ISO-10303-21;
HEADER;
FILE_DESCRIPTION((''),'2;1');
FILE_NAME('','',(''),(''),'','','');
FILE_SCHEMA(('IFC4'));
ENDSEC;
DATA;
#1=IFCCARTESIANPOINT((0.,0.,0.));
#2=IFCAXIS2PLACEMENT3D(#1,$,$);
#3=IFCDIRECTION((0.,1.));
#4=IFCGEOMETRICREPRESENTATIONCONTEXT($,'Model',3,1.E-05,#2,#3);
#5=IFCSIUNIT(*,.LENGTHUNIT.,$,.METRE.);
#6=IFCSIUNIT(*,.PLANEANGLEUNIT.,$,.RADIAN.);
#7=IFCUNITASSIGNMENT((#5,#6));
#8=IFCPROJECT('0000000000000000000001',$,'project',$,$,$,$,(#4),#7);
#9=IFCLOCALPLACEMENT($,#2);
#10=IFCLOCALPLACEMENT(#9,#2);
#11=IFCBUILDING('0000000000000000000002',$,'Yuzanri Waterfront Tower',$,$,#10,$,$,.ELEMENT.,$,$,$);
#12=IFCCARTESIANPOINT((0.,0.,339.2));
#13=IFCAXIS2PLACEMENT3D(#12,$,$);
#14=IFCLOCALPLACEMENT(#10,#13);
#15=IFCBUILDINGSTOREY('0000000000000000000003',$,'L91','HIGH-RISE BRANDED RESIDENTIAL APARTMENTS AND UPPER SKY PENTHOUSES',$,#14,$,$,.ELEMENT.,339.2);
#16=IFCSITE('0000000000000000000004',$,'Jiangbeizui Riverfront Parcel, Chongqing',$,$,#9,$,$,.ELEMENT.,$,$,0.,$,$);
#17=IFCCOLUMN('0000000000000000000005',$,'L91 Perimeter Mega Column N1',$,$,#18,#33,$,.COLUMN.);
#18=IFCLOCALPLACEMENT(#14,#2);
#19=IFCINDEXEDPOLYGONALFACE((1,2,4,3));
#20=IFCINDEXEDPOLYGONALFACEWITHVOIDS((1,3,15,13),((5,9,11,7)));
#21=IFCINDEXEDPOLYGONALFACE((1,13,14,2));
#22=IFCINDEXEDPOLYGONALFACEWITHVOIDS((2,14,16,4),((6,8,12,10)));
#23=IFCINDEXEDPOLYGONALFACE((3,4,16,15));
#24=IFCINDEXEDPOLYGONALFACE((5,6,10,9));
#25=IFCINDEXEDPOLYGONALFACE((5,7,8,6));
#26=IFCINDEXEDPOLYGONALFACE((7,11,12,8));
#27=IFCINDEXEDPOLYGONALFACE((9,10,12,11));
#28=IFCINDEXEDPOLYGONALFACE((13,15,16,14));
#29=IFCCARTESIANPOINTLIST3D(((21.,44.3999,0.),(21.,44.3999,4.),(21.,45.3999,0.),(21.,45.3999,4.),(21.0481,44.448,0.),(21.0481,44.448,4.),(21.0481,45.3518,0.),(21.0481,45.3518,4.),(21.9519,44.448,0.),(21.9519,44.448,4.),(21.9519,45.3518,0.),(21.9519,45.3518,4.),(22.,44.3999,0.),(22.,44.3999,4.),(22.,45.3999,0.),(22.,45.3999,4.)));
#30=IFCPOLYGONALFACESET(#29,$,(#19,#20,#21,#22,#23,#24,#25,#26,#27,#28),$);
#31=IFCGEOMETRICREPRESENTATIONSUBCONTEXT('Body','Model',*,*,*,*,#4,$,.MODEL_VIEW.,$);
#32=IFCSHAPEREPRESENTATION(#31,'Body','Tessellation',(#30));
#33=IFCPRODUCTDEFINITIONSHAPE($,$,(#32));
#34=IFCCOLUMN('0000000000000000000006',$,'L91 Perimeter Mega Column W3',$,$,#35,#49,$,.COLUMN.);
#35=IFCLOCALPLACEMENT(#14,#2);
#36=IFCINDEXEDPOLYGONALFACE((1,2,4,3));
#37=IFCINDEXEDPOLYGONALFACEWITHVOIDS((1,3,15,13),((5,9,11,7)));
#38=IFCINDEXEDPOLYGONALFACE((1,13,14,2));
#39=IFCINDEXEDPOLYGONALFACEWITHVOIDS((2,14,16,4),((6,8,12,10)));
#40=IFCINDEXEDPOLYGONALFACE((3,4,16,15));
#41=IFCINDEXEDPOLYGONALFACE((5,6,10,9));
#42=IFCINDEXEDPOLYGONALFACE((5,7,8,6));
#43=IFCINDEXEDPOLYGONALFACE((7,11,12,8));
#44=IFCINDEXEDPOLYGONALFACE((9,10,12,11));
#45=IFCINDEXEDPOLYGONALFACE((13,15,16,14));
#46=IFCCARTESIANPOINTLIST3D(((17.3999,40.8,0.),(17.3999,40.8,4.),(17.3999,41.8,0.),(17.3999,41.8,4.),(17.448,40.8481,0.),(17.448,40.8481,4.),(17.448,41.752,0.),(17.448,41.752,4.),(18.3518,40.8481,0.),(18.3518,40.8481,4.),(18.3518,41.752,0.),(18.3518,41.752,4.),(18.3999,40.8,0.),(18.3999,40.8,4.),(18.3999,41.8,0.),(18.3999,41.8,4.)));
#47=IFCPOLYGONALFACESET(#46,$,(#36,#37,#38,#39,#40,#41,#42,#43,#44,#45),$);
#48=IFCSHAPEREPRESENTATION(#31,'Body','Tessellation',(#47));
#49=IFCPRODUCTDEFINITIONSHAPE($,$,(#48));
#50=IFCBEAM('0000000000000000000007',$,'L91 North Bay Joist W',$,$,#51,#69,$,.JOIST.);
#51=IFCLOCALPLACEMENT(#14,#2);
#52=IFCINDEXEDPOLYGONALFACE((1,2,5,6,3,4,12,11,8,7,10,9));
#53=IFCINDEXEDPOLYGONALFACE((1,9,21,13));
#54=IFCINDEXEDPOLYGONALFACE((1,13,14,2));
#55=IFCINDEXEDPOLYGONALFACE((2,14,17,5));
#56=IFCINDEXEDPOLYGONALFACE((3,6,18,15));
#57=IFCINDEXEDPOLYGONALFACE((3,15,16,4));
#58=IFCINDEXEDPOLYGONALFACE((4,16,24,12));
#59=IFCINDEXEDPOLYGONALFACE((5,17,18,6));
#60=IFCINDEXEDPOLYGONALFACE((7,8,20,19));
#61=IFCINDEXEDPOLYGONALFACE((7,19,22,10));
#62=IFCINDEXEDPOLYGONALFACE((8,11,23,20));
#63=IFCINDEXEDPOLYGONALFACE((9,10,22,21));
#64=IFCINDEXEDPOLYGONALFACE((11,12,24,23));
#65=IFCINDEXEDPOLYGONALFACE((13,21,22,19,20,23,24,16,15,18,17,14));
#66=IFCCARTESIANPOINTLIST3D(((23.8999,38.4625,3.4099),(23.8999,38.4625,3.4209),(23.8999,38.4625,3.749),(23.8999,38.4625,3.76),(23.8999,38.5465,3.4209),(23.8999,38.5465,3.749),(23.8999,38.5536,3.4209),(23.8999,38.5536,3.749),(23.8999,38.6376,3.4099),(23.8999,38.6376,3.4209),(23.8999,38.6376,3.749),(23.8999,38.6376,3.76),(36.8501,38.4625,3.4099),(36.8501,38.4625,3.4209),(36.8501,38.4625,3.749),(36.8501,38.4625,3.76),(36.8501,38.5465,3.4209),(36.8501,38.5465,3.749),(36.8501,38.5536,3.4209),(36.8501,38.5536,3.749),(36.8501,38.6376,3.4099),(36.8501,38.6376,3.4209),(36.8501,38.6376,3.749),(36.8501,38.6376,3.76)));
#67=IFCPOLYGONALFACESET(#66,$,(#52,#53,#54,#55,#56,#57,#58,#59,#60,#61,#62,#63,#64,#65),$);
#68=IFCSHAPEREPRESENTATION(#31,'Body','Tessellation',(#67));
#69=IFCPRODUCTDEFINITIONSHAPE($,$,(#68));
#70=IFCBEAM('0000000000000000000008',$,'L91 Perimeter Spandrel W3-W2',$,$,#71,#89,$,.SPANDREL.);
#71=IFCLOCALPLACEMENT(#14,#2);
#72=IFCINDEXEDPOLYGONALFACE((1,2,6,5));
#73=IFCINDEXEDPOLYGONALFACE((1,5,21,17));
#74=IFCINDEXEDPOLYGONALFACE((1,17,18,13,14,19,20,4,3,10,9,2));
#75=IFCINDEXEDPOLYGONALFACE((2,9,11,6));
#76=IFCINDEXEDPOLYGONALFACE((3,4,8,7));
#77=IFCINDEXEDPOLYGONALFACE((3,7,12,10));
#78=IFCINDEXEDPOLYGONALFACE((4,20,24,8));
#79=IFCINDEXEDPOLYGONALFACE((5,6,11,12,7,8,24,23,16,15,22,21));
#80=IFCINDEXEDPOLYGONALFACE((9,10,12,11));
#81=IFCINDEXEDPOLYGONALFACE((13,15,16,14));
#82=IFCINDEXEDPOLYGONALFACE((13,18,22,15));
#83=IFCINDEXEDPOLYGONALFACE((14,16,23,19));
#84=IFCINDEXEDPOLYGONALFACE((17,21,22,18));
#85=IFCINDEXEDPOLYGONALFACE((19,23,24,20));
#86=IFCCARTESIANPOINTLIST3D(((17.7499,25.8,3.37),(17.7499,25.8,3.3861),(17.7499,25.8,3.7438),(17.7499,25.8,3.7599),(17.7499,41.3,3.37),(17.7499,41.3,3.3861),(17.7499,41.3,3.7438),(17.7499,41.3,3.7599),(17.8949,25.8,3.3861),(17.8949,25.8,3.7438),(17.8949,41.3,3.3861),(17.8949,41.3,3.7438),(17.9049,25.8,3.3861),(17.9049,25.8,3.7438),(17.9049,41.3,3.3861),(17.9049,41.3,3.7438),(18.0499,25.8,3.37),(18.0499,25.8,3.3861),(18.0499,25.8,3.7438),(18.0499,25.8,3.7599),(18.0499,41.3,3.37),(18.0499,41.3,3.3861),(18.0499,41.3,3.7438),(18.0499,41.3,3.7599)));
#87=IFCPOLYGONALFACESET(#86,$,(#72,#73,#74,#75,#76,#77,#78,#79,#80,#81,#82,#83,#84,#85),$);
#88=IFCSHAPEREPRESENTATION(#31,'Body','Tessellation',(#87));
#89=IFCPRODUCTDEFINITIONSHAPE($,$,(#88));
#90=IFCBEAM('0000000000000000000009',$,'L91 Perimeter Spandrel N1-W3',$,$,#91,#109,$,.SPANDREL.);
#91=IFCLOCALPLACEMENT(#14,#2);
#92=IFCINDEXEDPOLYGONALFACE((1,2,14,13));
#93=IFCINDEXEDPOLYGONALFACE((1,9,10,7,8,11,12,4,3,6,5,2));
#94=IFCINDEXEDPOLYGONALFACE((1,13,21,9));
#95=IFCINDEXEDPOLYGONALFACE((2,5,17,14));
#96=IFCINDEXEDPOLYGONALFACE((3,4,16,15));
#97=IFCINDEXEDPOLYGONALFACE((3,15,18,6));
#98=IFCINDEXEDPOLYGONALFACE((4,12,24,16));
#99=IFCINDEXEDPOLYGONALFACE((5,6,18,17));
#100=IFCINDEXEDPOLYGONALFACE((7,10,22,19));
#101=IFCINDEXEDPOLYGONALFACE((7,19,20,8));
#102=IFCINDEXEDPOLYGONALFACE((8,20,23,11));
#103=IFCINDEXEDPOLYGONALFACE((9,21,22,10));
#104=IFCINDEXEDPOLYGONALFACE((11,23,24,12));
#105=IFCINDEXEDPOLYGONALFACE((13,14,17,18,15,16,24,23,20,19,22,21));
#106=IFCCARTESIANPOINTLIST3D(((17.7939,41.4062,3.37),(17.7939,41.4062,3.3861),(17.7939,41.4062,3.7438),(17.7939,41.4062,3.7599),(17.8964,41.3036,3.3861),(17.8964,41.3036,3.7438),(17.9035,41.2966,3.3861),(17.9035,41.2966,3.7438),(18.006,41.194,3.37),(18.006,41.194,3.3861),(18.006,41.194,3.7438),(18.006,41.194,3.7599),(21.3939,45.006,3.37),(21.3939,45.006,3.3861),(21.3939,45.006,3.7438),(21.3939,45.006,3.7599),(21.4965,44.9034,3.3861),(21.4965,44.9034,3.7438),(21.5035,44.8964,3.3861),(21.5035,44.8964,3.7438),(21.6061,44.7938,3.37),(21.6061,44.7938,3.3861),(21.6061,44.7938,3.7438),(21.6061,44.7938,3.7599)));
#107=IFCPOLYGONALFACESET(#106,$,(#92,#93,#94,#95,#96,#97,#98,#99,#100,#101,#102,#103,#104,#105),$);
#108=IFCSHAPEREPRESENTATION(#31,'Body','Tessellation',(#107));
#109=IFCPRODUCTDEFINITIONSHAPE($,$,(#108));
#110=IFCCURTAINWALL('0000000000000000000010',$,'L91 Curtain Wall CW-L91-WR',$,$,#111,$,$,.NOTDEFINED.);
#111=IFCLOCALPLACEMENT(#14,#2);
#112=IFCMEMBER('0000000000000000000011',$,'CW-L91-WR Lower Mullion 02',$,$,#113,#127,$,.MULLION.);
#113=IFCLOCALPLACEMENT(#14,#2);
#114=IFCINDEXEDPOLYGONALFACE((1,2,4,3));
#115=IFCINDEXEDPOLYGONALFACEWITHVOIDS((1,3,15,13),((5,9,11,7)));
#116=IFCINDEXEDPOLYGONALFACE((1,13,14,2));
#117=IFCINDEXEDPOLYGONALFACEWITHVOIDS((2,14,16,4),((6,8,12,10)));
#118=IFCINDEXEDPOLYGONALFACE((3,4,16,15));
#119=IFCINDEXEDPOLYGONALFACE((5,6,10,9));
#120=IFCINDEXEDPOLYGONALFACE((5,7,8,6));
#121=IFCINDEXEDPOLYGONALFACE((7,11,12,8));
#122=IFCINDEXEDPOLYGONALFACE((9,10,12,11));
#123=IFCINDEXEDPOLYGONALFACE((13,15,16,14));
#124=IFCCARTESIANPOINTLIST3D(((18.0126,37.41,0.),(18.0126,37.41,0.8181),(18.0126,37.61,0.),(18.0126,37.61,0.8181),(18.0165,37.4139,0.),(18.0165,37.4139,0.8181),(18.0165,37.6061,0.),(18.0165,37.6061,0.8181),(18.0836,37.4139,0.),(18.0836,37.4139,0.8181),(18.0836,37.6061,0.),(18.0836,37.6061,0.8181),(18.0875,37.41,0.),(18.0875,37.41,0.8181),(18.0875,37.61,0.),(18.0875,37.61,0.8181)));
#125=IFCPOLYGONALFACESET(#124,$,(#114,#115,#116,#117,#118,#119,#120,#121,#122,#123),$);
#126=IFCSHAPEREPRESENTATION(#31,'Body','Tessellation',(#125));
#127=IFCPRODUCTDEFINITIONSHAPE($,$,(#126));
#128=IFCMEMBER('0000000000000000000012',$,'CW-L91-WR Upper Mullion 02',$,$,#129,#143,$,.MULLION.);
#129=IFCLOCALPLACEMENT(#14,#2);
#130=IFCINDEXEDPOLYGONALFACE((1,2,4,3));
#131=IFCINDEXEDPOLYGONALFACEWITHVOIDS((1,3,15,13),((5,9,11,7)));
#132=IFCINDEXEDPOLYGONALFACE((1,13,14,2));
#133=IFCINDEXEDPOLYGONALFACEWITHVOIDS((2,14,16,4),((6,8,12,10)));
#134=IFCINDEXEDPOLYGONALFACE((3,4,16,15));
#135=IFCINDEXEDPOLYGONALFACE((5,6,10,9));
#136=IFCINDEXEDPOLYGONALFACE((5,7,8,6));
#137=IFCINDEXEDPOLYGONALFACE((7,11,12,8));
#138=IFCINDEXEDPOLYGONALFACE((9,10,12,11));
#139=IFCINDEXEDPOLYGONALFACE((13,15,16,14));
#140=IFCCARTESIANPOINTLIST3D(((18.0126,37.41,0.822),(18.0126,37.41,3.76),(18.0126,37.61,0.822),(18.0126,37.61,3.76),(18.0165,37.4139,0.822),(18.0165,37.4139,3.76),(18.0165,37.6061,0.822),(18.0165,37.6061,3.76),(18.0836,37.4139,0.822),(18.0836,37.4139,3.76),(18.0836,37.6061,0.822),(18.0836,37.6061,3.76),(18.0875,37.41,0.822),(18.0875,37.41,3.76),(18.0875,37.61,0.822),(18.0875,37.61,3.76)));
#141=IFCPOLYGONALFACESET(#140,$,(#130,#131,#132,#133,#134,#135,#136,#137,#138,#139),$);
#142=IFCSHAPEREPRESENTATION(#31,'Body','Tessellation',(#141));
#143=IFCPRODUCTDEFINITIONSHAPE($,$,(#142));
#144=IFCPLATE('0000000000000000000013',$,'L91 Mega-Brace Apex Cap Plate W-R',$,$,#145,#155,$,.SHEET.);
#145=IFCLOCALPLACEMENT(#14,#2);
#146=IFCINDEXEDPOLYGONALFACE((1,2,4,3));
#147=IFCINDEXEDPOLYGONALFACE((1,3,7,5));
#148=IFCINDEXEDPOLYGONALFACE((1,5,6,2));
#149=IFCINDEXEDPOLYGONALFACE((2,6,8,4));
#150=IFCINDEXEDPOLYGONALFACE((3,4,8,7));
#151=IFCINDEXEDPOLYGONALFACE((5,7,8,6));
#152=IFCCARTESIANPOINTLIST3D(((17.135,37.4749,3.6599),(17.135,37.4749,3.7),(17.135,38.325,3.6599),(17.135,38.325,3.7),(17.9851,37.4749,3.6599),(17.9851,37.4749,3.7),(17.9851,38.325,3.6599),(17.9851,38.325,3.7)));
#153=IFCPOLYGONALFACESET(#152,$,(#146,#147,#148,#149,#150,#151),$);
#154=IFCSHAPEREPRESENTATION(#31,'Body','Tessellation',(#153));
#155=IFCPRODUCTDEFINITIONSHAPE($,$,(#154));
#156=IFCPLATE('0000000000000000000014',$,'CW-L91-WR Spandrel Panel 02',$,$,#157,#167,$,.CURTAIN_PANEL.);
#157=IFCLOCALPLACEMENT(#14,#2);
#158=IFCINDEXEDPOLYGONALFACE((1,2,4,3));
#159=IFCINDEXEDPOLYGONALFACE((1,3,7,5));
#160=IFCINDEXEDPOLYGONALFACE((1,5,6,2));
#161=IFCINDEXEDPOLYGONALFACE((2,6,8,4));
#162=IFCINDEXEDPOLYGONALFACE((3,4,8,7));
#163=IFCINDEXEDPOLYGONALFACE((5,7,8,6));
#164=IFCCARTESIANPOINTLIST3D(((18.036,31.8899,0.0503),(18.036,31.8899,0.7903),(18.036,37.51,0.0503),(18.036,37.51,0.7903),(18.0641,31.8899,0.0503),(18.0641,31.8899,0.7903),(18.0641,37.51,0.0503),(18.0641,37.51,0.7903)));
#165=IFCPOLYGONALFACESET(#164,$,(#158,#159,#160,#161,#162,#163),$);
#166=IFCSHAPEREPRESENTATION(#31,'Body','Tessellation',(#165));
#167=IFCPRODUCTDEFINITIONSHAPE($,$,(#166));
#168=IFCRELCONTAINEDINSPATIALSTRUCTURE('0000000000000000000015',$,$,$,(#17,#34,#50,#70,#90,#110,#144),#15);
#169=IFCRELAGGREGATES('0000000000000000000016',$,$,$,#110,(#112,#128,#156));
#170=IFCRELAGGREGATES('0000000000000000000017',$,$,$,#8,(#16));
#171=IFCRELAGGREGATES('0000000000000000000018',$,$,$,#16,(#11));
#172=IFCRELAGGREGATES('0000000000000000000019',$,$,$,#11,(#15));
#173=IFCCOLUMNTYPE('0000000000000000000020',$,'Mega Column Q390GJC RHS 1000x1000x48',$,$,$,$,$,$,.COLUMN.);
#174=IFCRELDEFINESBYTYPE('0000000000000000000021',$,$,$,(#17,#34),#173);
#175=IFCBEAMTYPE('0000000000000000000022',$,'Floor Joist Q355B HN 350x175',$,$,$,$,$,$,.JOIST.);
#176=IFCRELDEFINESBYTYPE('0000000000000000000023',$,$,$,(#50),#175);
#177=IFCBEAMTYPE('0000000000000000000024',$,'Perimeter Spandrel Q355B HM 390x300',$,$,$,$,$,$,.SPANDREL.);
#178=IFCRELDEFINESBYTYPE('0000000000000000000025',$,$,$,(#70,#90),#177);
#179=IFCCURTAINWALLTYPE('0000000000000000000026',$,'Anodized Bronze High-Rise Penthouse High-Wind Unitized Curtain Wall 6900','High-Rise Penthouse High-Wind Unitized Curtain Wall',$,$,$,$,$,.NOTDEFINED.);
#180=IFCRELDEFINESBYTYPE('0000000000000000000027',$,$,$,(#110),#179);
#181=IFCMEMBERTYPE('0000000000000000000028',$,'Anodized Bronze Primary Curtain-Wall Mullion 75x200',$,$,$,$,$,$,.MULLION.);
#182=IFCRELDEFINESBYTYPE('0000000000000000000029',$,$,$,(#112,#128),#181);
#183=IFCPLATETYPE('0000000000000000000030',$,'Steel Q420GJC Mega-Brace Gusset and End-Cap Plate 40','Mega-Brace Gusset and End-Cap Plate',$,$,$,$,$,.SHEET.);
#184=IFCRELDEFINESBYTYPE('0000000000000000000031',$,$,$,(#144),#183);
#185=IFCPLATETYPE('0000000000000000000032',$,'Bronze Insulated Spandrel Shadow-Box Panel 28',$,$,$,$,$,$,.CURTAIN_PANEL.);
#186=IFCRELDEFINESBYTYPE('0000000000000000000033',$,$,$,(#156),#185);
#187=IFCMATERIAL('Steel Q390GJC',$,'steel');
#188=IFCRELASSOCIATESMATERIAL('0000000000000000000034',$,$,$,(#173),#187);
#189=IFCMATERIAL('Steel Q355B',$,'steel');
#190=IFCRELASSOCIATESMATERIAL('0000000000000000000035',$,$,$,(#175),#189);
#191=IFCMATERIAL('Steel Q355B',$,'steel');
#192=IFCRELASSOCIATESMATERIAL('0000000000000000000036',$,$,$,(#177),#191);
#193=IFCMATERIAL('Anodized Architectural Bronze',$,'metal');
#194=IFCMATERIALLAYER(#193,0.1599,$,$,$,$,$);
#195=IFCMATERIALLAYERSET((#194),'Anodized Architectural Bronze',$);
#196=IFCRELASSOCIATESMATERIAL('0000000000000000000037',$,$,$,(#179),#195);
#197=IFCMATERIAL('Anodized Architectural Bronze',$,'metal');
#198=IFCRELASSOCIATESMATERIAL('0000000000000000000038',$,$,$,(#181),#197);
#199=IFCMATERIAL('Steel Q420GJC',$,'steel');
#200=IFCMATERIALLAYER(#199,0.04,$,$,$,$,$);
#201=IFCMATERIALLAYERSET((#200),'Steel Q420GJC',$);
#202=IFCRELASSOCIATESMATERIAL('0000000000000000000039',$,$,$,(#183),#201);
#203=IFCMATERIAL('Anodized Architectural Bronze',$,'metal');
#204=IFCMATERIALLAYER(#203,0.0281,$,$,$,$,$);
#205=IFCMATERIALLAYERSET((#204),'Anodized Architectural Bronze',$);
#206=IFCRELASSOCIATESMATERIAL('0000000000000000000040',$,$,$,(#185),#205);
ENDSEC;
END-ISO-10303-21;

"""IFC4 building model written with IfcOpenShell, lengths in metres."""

from ifc_helpers import new_model, si_unit, direction, frame, origin, origin_2d, place, context, subcontext, project, spatial, rectangle, hollow_rectangle, i_section, extrude, source, transform, mapped, material, layer, layer_set, material_profile, profile_set, type_object, element, aggregate, save


model = new_model("IFC4")

# Units and contexts
model_context = context("Model", 3, precision=1e-05, world=origin(), true_north=direction((0.0, 1.0)))
body_context = subcontext(model_context, "Body", "Model", "MODEL_VIEW")
ifc_project = project(units=[si_unit("LENGTHUNIT", "METRE"), si_unit("PLANEANGLEUNIT", "RADIAN")], contexts=[model_context])

# Site, building, storey
site_placement = place(None, origin())
site = spatial("IfcSite", under=ifc_project, at=site_placement, Name="Jiangbeizui Riverfront Parcel, Chongqing", CompositionType="ELEMENT", RefElevation=0.0)
building_placement = place(site_placement, origin())
building = spatial("IfcBuilding", under=site, at=building_placement, Name="Yuzanri Waterfront Tower", CompositionType="ELEMENT")
storey_placement = place(building_placement, frame((0.0, 0.0, 339.2)))
storey = spatial("IfcBuildingStorey", under=building, at=storey_placement, Name="L91", Description="HIGH-RISE BRANDED RESIDENTIAL APARTMENTS AND UPPER SKY PENTHOUSES", CompositionType="ELEMENT", Elevation=339.2)

# Columns
ifc_material_1 = material(Name="Steel Q390GJC", Category="steel")
ifc_material_profile_1 = material_profile(ifc_material_1, hollow_rectangle(XDim=1.0, YDim=1.0, WallThickness=0.0481, at=origin_2d()), Name="RHS 1000x1000x48")
ifc_profile_set_1 = profile_set([ifc_material_profile_1], Name="Steel Q390GJC")
column_type = type_object("IfcColumnType", Name="Mega Column Q390GJC RHS 1000x1000x48", PredefinedType="COLUMN", material=ifc_profile_set_1)
shared_shape_1 = source(origin(), body_context, "Body", "SweptSolid", [
    extrude(hollow_rectangle(XDim=1.0, YDim=1.0, WallThickness=0.0481, at=origin_2d()), origin(), (0.0, 0.0, 1.0), 4.0),
])
for number, where, z_axis, x_axis, name in (
    (1, (21.5, 44.8999, 0.0), (0.0, 0.0, 1.0), (1.0, 0.0, 0.0), "L91 Perimeter Mega Column N1"),
    (2, (17.8999, 41.3, 0.0), (0.0, 0.0, 1.0), (1.0, 0.0, 0.0), "L91 Perimeter Mega Column W3"),
):
    element("IfcColumn", number, at=place(storey_placement, frame(where, z_axis=z_axis, x_axis=x_axis)), inside=storey, type_object=column_type, Name=name, PredefinedType="COLUMN", context=body_context, shape_type="MappedRepresentation", body=[
        mapped(shared_shape_1, transform((0.0, 0.0, 0.0), scale=1.0)),
    ])

# Beams
ifc_material_2 = material(Name="Steel Q355B", Category="steel")
ifc_material_profile_2 = material_profile(ifc_material_2, i_section(OverallWidth=0.175, OverallDepth=0.3501, WebThickness=0.0071, FlangeThickness=0.011, at=origin_2d()), Name="HN 350x175x7x11")
ifc_profile_set_2 = profile_set([ifc_material_profile_2], Name="Steel Q355B")
beam_type_1 = type_object("IfcBeamType", Name="Floor Joist Q355B HN 350x175", PredefinedType="JOIST", material=ifc_profile_set_2)
shared_shape_2 = source(origin(), body_context, "Body", "SweptSolid", [
    extrude(i_section(OverallWidth=0.175, OverallDepth=0.3501, WebThickness=0.0071, FlangeThickness=0.011, at=origin_2d()), origin(), (0.0, 0.0, 1.0), 12.9502),
])
beam_1_placement = place(storey_placement, frame((23.8999, 38.55, 3.585), z_axis=(1.0, 0.0, 0.0), x_axis=(0.0, 1.0, 0.0)))
element("IfcBeam", 3, at=beam_1_placement, inside=storey, type_object=beam_type_1, Name="L91 North Bay Joist W", PredefinedType="JOIST", context=body_context, shape_type="MappedRepresentation", body=[
    mapped(shared_shape_2, transform((0.0, 0.0, 0.0), scale=1.0)),
])
ifc_material_3 = material(Name="Steel Q355B", Category="steel")
ifc_material_profile_3 = material_profile(ifc_material_3, i_section(OverallWidth=0.3, OverallDepth=0.3899, WebThickness=0.01, FlangeThickness=0.0161, at=origin_2d()), Name="HM 390x300x10x16")
ifc_profile_set_3 = profile_set([ifc_material_profile_3], Name="Steel Q355B")
beam_type_2 = type_object("IfcBeamType", Name="Perimeter Spandrel Q355B HM 390x300", PredefinedType="SPANDREL", material=ifc_profile_set_3)
shared_shape_3 = source(origin(), body_context, "Body", "SweptSolid", [
    extrude(i_section(OverallWidth=0.3, OverallDepth=0.3899, WebThickness=0.01, FlangeThickness=0.0161, at=origin_2d()), origin(), (0.0, 0.0, 1.0), 15.5),
])
beam_2_placement = place(storey_placement, frame((17.8999, 41.3, 3.5649), z_axis=(0.0, -1.0, 0.0), x_axis=(1.0, 0.0, 0.0)))
element("IfcBeam", 4, at=beam_2_placement, inside=storey, type_object=beam_type_2, Name="L91 Perimeter Spandrel W3-W2", PredefinedType="SPANDREL", context=body_context, shape_type="MappedRepresentation", body=[
    mapped(shared_shape_3, transform((0.0, 0.0, 0.0), scale=1.0)),
])
shared_shape_4 = source(origin(), body_context, "Body", "SweptSolid", [
    extrude(i_section(OverallWidth=0.3, OverallDepth=0.3899, WebThickness=0.01, FlangeThickness=0.0161, at=origin_2d()), origin(), (0.0, 0.0, 1.0), 5.0911),
])
beam_3_placement = place(storey_placement, frame((21.5, 44.8999, 3.5649), z_axis=(-0.707131, -0.707083, 0.0), x_axis=(0.707083, -0.707131, 0.0)))
element("IfcBeam", 5, at=beam_3_placement, inside=storey, type_object=beam_type_2, Name="L91 Perimeter Spandrel N1-W3", PredefinedType="SPANDREL", context=body_context, shape_type="MappedRepresentation", body=[
    mapped(shared_shape_4, transform((0.0, 0.0, 0.0), scale=1.0)),
])

# Curtain wall, members
ifc_material_4 = material(Name="Anodized Architectural Bronze", Category="metal")
ifc_layer_1 = layer(ifc_material_4, 0.1599)
ifc_layer_set_1 = layer_set([ifc_layer_1], Name="Anodized Architectural Bronze")
curtain_wall_type = type_object("IfcCurtainWallType", Name="Anodized Bronze High-Rise Penthouse High-Wind Unitized Curtain Wall 6900", Description="High-Rise Penthouse High-Wind Unitized Curtain Wall", PredefinedType="NOTDEFINED", material=ifc_layer_set_1)
curtain_wall_placement = place(storey_placement, origin())
curtain_wall = element("IfcCurtainWall", 6, at=curtain_wall_placement, inside=storey, type_object=curtain_wall_type, Name="L91 Curtain Wall CW-L91-WR", PredefinedType="NOTDEFINED")
ifc_material_5 = material(Name="Anodized Architectural Bronze", Category="metal")
ifc_material_profile_4 = material_profile(ifc_material_5, hollow_rectangle(XDim=0.075, YDim=0.2, WallThickness=0.0039, at=origin_2d()), Name="CWM 75x200")
ifc_profile_set_4 = profile_set([ifc_material_profile_4], Name="Anodized Architectural Bronze")
member_type = type_object("IfcMemberType", Name="Anodized Bronze Primary Curtain-Wall Mullion 75x200", PredefinedType="MULLION", material=ifc_profile_set_4)
shared_shape_5 = source(origin(), body_context, "Body", "SweptSolid", [
    extrude(hollow_rectangle(XDim=0.075, YDim=0.2, WallThickness=0.0039, at=origin_2d()), origin(), (0.0, 0.0, 1.0), 0.8181),
])
member_1_placement = place(storey_placement, frame((18.05, 37.51, 0.0), z_axis=(0.0, 0.0, 1.0), x_axis=(1.0, 0.0, 0.0)))
member_1 = element("IfcMember", 7, at=member_1_placement, type_object=member_type, Name="CW-L91-WR Lower Mullion 02", PredefinedType="MULLION", context=body_context, shape_type="MappedRepresentation", body=[
    mapped(shared_shape_5, transform((0.0, 0.0, 0.0), scale=1.0)),
])
shared_shape_6 = source(origin(), body_context, "Body", "SweptSolid", [
    extrude(hollow_rectangle(XDim=0.075, YDim=0.2, WallThickness=0.0039, at=origin_2d()), origin(), (0.0, 0.0, 1.0), 2.938),
])
member_2_placement = place(storey_placement, frame((18.05, 37.51, 0.822), z_axis=(0.0, 0.0, 1.0), x_axis=(1.0, 0.0, 0.0)))
member_2 = element("IfcMember", 8, at=member_2_placement, type_object=member_type, Name="CW-L91-WR Upper Mullion 02", PredefinedType="MULLION", context=body_context, shape_type="MappedRepresentation", body=[
    mapped(shared_shape_6, transform((0.0, 0.0, 0.0), scale=1.0)),
])

# Plates
ifc_material_6 = material(Name="Steel Q420GJC", Category="steel")
ifc_layer_2 = layer(ifc_material_6, 0.04)
ifc_layer_set_2 = layer_set([ifc_layer_2], Name="Steel Q420GJC")
plate_type_1 = type_object("IfcPlateType", Name="Steel Q420GJC Mega-Brace Gusset and End-Cap Plate 40", Description="Mega-Brace Gusset and End-Cap Plate", PredefinedType="SHEET", material=ifc_layer_set_2)
shared_shape_7 = source(origin(), body_context, "Body", "SweptSolid", [
    extrude(rectangle(XDim=0.8501, YDim=0.8501, at=origin_2d()), origin(), (0.0, 0.0, 1.0), 0.04),
])
plate_1_placement = place(storey_placement, frame((17.5601, 37.8999, 3.6599), z_axis=(0.0, 0.0, 1.0), x_axis=(1.0, 0.0, 0.0)))
element("IfcPlate", 9, at=plate_1_placement, inside=storey, type_object=plate_type_1, Name="L91 Mega-Brace Apex Cap Plate W-R", PredefinedType="SHEET", context=body_context, shape_type="MappedRepresentation", body=[
    mapped(shared_shape_7, transform((0.0, 0.0, 0.0), scale=1.0)),
])
ifc_material_7 = material(Name="Anodized Architectural Bronze", Category="metal")
ifc_layer_3 = layer(ifc_material_7, 0.0281)
ifc_layer_set_3 = layer_set([ifc_layer_3], Name="Anodized Architectural Bronze")
plate_type_2 = type_object("IfcPlateType", Name="Bronze Insulated Spandrel Shadow-Box Panel 28", PredefinedType="CURTAIN_PANEL", material=ifc_layer_set_3)
shared_shape_8 = source(origin(), body_context, "Body", "SweptSolid", [
    extrude(rectangle(XDim=5.6201, YDim=0.0281, at=origin_2d()), origin(), (0.0, 0.0, 1.0), 0.74),
])
plate_2_placement = place(storey_placement, frame((18.05, 34.7, 0.0503), z_axis=(0.0, 0.0, 1.0), x_axis=(0.0, 1.0, 0.0)))
plate_2 = element("IfcPlate", 10, at=plate_2_placement, type_object=plate_type_2, Name="CW-L91-WR Spandrel Panel 02", PredefinedType="CURTAIN_PANEL", context=body_context, shape_type="MappedRepresentation", body=[
    mapped(shared_shape_8, transform((0.0, 0.0, 0.0), scale=1.0)),
])
aggregate(curtain_wall, [member_1, member_2, plate_2])

save(model, "model.ifc")
